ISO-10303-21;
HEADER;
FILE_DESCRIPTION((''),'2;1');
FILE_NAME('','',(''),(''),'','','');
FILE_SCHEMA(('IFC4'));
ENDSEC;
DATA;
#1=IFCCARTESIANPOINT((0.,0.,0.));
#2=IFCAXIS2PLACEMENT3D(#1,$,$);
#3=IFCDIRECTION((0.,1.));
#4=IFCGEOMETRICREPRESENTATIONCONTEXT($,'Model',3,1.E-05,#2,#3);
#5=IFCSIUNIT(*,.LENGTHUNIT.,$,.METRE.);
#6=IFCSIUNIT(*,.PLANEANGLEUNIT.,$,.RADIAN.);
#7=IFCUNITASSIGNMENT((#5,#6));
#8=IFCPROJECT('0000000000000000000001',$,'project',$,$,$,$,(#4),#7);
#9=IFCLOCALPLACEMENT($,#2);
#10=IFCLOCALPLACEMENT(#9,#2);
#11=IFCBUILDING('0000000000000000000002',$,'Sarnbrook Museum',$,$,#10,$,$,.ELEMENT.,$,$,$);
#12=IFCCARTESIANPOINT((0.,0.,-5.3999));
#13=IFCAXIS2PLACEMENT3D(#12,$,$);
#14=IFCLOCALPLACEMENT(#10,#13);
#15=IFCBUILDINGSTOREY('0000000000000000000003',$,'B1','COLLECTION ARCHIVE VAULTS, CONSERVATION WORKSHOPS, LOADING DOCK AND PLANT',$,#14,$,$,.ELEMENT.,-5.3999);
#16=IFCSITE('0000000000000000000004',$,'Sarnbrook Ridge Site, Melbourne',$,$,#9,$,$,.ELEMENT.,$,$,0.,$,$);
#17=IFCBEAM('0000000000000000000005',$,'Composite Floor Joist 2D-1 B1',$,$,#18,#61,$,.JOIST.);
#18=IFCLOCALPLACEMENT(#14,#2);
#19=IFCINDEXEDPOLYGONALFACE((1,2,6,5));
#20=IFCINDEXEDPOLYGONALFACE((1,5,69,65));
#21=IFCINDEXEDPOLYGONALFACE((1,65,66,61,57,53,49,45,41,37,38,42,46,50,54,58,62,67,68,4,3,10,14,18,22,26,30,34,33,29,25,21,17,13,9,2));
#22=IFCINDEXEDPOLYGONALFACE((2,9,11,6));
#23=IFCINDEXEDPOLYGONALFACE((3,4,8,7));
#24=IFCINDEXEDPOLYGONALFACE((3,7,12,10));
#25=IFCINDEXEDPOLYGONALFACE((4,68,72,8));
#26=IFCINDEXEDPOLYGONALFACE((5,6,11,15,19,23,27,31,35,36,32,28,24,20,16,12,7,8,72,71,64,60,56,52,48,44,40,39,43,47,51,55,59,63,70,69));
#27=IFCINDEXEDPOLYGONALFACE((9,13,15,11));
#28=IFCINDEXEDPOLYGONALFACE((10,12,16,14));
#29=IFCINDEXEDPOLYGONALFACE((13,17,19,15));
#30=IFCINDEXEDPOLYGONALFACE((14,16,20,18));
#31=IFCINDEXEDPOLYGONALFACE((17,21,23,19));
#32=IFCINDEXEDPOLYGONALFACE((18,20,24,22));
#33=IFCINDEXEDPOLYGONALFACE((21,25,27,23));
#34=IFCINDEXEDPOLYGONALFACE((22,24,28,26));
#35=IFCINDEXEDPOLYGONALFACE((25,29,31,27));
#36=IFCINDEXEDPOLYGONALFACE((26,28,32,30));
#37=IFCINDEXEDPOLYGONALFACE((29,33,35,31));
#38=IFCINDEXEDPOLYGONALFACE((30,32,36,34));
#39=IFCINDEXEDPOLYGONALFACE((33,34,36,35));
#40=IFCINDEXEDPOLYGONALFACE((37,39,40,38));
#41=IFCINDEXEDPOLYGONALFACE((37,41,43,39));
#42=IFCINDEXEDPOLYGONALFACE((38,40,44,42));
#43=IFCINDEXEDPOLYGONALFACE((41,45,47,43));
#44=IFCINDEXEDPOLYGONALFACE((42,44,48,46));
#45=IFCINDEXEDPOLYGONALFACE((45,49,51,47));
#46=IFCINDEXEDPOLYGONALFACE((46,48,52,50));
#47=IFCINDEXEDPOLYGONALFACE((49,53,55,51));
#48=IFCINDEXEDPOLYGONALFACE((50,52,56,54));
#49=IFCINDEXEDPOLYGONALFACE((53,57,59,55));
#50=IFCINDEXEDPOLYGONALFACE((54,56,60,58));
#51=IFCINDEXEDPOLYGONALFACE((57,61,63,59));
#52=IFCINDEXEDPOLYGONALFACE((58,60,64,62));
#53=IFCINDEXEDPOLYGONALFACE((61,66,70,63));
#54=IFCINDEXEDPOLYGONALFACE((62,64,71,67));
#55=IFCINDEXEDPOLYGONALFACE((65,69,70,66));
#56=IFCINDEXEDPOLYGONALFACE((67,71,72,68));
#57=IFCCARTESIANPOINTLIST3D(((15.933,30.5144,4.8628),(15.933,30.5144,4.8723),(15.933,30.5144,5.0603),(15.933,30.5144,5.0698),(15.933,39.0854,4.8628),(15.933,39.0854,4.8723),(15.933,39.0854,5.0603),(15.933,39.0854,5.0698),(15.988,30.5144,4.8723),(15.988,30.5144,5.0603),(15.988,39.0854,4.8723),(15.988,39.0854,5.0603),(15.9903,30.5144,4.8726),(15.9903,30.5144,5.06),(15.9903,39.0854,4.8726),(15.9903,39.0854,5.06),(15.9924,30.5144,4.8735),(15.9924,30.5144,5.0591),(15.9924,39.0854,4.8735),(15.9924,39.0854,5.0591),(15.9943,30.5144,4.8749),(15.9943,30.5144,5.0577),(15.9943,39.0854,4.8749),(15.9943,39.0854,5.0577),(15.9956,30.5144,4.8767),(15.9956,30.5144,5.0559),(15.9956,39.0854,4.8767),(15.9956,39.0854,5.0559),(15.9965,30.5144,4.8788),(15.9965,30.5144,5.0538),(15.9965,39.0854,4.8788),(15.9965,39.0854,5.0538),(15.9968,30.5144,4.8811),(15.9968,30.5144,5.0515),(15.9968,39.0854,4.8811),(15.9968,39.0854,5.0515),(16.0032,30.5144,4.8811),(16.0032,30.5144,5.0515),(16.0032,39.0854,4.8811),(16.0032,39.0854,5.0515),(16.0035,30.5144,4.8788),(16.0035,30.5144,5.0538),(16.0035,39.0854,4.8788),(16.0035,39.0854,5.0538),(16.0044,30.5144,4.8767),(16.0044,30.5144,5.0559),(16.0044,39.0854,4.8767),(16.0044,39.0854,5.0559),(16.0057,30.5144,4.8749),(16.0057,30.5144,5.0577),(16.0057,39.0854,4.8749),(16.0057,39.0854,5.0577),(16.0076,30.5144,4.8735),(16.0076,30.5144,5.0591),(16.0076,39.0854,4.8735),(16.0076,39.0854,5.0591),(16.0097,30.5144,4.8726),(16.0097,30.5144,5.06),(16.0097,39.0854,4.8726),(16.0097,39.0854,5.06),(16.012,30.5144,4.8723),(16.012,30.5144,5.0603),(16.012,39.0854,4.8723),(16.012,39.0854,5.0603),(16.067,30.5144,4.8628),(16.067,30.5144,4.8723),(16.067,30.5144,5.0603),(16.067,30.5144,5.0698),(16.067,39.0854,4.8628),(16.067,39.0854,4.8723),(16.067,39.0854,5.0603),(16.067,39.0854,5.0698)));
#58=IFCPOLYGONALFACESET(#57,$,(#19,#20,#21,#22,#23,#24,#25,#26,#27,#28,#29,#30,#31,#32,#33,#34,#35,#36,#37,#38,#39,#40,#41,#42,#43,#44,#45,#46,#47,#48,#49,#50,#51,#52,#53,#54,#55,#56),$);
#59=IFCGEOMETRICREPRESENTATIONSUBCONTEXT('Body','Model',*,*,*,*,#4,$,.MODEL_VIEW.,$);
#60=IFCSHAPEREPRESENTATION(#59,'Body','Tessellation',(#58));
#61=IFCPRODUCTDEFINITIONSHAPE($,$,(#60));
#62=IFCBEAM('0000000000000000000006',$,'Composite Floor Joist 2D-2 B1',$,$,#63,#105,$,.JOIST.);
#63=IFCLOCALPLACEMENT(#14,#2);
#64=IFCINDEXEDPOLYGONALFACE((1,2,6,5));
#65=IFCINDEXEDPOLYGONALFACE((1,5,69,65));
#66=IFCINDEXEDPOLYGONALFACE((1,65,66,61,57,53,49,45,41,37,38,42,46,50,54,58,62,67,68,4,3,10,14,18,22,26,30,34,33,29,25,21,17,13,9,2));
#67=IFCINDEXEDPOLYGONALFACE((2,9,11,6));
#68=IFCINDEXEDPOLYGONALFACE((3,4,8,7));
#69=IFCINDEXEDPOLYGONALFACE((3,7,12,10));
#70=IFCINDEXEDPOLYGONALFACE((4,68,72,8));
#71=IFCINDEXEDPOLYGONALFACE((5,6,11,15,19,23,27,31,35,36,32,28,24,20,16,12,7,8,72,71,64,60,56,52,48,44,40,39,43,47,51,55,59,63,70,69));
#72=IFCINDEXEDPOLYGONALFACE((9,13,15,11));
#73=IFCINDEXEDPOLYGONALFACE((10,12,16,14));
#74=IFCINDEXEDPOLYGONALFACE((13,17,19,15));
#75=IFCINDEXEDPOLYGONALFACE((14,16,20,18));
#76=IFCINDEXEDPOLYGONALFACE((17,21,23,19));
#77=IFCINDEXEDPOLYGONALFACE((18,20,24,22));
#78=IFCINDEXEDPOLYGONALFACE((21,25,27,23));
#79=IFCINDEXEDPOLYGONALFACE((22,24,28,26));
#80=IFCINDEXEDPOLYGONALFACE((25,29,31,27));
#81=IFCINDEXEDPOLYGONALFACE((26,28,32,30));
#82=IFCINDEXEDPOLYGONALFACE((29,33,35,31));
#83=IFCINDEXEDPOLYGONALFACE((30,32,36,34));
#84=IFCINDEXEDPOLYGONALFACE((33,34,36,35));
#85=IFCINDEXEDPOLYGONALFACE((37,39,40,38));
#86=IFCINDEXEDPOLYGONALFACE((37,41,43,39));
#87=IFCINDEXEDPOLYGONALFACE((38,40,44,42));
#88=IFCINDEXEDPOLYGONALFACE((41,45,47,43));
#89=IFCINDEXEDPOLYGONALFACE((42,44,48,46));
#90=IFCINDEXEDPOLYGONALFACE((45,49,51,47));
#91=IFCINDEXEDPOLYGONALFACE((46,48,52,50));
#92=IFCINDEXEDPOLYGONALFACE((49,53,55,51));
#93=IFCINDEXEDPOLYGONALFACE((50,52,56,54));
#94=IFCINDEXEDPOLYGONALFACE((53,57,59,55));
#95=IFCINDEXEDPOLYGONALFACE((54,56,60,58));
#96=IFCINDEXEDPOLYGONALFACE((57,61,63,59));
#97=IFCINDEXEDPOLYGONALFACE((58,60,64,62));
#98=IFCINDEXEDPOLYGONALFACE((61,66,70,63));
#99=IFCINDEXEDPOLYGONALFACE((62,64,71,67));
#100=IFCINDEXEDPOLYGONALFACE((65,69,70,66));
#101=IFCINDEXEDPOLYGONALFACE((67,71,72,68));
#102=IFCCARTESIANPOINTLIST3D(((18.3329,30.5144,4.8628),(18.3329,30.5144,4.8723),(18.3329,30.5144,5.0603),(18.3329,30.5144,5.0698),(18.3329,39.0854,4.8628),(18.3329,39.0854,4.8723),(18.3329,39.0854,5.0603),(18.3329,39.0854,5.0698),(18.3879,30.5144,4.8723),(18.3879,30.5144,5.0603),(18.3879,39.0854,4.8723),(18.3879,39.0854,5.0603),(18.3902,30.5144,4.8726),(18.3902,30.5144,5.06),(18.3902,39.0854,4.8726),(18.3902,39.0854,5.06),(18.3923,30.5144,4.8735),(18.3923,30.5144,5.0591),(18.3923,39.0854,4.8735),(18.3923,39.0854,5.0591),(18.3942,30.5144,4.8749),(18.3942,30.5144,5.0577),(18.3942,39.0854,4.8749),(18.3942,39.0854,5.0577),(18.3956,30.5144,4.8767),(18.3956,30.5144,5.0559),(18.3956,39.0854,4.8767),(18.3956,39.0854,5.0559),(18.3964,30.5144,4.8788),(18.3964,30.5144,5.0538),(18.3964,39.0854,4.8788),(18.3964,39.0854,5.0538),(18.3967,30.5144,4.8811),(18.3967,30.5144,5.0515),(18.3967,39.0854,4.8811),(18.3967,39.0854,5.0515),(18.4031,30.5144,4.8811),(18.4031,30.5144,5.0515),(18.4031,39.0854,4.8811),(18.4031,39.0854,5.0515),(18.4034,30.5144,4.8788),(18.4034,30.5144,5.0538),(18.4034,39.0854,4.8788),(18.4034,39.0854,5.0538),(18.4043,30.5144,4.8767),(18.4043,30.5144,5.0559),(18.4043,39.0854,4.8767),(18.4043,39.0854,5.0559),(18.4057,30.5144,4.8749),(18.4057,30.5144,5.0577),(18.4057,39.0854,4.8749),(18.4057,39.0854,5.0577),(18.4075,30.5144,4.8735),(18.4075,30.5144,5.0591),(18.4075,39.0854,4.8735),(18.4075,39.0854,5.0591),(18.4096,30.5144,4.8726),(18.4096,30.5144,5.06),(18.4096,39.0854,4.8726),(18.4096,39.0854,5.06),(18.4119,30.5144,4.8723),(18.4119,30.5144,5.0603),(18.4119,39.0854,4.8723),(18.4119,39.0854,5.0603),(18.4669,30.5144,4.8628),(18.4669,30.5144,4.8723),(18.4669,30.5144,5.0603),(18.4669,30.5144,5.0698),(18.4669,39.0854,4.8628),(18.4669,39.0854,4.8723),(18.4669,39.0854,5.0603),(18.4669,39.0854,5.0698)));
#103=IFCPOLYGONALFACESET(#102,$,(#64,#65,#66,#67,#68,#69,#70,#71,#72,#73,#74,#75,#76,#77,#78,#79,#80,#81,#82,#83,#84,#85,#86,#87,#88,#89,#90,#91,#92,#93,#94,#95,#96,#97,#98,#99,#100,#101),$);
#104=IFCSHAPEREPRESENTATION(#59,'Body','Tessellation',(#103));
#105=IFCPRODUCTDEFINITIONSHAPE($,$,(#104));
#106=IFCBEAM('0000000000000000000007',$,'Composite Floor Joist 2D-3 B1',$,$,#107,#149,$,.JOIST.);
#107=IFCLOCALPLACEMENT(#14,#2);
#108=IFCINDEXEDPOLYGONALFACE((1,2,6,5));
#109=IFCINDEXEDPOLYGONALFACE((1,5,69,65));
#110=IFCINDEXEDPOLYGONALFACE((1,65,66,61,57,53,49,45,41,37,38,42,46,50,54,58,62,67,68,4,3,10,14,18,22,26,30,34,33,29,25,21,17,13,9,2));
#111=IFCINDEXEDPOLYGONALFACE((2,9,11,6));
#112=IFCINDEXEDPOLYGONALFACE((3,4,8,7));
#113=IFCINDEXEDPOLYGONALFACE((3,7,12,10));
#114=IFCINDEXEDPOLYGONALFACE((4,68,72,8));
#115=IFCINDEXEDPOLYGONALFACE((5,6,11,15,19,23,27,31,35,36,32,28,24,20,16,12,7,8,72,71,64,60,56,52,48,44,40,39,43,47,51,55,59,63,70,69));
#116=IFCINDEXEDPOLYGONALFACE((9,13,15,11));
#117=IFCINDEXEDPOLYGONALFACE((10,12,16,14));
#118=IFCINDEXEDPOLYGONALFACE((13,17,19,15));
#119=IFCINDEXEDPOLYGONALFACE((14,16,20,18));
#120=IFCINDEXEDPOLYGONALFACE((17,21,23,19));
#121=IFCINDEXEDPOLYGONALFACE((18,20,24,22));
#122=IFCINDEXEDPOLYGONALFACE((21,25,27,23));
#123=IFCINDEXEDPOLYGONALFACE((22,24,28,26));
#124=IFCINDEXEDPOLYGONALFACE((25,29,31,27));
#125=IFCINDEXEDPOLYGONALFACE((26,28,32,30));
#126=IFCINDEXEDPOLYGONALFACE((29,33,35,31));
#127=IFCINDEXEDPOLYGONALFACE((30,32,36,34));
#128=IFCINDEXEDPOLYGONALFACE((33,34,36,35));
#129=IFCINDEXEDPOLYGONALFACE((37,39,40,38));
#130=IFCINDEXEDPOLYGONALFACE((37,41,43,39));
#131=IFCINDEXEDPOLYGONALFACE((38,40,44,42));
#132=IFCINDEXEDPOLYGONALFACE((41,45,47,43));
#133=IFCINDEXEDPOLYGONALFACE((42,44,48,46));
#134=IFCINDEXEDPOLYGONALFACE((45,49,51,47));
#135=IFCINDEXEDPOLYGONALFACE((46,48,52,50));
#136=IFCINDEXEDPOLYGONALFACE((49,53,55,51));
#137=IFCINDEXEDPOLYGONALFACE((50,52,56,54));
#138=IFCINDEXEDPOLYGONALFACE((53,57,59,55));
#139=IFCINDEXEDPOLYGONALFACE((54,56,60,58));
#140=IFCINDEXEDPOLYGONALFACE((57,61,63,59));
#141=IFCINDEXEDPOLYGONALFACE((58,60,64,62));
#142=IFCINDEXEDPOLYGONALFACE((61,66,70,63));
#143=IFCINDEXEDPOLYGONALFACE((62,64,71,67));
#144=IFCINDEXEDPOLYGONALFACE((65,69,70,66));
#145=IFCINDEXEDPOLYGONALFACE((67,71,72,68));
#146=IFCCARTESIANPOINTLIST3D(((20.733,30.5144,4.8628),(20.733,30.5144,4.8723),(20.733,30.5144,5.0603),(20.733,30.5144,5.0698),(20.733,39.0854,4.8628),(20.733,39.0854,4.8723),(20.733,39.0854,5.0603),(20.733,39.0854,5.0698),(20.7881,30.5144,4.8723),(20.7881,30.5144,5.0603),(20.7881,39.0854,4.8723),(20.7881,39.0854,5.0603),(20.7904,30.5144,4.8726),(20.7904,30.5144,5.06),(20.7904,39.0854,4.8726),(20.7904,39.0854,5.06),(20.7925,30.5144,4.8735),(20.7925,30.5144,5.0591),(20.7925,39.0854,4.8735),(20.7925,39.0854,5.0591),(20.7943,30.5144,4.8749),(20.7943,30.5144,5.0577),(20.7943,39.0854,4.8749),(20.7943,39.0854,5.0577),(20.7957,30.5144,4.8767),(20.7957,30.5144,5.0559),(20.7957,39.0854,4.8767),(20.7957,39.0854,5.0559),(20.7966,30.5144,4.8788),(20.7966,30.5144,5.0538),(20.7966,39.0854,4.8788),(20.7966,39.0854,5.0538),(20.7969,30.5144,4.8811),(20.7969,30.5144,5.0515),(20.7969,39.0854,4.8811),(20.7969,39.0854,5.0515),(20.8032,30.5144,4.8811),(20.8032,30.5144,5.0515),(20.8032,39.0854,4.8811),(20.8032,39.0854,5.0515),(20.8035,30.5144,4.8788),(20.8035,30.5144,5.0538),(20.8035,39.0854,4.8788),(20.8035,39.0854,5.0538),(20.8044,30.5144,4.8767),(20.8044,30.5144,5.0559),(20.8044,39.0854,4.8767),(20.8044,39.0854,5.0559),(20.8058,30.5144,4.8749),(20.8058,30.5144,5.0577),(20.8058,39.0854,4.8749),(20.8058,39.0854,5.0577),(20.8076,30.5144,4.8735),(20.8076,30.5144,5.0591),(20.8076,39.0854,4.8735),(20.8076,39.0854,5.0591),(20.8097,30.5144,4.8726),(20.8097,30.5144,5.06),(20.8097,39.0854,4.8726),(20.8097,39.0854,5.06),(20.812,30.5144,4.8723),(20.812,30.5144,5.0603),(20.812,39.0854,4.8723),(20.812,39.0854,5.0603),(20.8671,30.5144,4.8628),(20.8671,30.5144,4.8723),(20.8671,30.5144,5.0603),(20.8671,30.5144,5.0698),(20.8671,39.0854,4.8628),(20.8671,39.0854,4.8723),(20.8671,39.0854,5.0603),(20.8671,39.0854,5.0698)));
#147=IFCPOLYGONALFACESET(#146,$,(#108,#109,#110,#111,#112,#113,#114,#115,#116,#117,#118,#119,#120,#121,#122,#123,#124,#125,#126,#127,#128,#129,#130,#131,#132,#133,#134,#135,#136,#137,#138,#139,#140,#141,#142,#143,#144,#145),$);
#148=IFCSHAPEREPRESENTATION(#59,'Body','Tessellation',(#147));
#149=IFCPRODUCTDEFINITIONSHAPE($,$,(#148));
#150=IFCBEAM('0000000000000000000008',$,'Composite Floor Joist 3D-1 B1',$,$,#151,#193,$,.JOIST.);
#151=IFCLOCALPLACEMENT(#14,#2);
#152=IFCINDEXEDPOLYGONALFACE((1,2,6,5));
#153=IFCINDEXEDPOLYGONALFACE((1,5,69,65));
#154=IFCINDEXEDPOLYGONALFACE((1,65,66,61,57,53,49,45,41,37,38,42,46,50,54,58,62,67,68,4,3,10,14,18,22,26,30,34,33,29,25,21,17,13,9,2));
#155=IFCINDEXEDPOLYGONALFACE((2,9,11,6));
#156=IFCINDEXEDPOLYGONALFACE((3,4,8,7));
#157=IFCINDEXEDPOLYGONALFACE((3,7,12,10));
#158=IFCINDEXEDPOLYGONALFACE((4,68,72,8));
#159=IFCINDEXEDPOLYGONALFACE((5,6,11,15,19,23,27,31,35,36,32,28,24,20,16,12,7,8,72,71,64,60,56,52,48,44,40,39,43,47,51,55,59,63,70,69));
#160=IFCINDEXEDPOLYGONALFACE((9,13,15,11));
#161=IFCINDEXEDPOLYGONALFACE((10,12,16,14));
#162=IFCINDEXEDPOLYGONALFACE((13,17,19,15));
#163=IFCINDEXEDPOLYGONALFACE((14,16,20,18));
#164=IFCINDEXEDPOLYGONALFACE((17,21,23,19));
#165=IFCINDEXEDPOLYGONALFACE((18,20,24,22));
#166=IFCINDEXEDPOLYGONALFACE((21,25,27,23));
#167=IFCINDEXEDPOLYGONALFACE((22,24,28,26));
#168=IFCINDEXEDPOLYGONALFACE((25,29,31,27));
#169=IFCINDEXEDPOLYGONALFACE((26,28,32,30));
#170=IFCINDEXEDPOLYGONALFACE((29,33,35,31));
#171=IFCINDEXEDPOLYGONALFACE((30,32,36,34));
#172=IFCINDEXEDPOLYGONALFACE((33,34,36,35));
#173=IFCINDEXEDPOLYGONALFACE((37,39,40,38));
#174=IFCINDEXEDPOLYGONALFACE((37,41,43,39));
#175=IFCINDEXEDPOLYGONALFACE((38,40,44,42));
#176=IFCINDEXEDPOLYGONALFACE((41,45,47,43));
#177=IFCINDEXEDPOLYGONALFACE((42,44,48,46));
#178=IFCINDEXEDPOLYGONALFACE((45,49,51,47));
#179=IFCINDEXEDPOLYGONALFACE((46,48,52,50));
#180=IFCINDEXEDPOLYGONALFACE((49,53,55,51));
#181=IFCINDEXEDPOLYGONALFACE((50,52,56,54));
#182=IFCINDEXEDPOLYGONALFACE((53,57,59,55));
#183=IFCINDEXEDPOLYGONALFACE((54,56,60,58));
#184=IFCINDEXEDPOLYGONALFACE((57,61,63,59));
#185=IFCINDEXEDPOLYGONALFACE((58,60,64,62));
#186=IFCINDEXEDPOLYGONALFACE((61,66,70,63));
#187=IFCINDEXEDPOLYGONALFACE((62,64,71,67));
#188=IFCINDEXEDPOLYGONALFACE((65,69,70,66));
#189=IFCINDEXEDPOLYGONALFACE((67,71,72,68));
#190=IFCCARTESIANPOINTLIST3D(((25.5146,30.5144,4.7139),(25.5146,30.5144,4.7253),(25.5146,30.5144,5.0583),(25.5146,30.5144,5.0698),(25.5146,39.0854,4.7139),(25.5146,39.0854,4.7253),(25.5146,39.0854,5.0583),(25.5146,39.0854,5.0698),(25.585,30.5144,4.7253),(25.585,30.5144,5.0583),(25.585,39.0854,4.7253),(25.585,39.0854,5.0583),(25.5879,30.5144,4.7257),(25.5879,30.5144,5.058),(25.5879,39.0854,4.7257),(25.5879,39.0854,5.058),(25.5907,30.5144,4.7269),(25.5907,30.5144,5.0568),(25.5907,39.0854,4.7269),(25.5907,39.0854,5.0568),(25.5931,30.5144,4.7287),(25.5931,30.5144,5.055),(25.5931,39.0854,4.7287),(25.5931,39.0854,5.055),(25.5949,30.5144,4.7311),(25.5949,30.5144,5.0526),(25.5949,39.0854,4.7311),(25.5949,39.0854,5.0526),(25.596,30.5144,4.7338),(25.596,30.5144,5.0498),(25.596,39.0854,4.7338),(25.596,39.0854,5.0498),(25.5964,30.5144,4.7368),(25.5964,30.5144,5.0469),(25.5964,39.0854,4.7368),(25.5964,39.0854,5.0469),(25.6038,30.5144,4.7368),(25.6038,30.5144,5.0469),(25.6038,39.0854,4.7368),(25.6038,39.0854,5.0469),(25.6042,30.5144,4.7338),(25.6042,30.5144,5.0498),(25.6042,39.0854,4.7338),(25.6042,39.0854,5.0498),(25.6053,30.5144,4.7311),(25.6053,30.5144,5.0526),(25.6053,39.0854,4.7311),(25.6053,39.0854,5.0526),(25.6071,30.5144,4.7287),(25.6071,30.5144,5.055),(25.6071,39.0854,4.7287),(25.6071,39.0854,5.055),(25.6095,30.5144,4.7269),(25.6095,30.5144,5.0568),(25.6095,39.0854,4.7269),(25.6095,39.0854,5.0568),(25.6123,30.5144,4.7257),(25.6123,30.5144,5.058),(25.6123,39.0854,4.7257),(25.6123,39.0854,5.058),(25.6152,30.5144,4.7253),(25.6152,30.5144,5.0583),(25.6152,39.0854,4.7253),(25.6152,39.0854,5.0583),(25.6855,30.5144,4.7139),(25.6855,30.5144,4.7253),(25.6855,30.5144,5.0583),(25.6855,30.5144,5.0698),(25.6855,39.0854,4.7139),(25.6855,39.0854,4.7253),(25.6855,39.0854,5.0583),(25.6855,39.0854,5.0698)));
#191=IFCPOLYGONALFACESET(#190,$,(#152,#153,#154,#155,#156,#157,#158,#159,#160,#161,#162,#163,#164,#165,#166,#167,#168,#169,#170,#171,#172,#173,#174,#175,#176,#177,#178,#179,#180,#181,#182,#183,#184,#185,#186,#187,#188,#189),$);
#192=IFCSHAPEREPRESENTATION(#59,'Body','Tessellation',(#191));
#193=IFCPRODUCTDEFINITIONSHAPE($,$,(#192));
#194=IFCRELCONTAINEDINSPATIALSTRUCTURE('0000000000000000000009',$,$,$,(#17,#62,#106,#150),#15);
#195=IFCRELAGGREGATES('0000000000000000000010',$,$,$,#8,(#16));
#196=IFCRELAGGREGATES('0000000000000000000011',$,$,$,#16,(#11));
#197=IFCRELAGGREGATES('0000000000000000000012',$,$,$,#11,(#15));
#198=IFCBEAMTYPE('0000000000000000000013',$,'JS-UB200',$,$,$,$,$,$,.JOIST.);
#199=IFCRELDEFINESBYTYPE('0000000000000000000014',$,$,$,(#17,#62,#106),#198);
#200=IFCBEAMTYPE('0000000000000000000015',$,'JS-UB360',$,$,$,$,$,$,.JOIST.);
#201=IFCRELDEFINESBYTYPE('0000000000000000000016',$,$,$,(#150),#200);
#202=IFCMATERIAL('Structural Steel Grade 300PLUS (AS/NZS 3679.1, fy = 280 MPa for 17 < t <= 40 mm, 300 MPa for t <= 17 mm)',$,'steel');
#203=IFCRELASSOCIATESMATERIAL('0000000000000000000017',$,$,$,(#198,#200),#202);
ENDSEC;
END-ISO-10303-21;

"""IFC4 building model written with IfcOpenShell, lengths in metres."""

from ifc_helpers import new_model, si_unit, direction, frame, origin, origin_2d, place, context, subcontext, project, spatial, i_section, extrude, material, material_profile, profile_set, type_object, element, save


model = new_model("IFC4")

# Units and contexts
model_context = context("Model", 3, precision=1e-05, world=origin(), true_north=direction((0.0, 1.0)))
body_context = subcontext(model_context, "Body", "Model", "MODEL_VIEW")
ifc_project = project(units=[si_unit("LENGTHUNIT", "METRE"), si_unit("PLANEANGLEUNIT", "RADIAN")], contexts=[model_context])

# Site, building, storey
site_placement = place(None, origin())
site = spatial("IfcSite", under=ifc_project, at=site_placement, Name="Sarnbrook Ridge Site, Melbourne", CompositionType="ELEMENT", RefElevation=0.0)
building_placement = place(site_placement, origin())
building = spatial("IfcBuilding", under=site, at=building_placement, Name="Sarnbrook Museum", CompositionType="ELEMENT")
storey_placement = place(building_placement, frame((0.0, 0.0, -5.3999)))
storey = spatial("IfcBuildingStorey", under=building, at=storey_placement, Name="B1", Description="COLLECTION ARCHIVE VAULTS, CONSERVATION WORKSHOPS, LOADING DOCK AND PLANT", CompositionType="ELEMENT", Elevation=-5.3999)

# Beams
ifc_material_1 = material(Name="Structural Steel Grade 300PLUS (AS/NZS 3679.1, fy = 280 MPa for 17 < t <= 40 mm, 300 MPa for t <= 17 mm)", Category="steel")
ifc_material_profile_1 = material_profile(ifc_material_1, i_section(OverallWidth=0.134, OverallDepth=0.207, WebThickness=0.0063, FlangeThickness=0.0095, FilletRadius=0.0088, at=origin_2d()), Name="200UB29.8")
ifc_profile_set_1 = profile_set([ifc_material_profile_1], Name="Structural Steel Grade 300PLUS (AS/NZS 3679.1, fy = 280 MPa for 17 < t <= 40 mm, 300 MPa for t <= 17 mm)")
beam_type_1 = type_object("IfcBeamType", Name="JS-UB200", PredefinedType="JOIST", material=ifc_profile_set_1)
for number, where, z_axis, x_axis, name in (
    (1, (16.0, 30.5144, 4.9663), (0.0, 1.0, 0.0), (-1.0, 0.0, 0.0), "Composite Floor Joist 2D-1 B1"),
    (2, (18.3999, 30.5144, 4.9663), (0.0, 1.0, 0.0), (-1.0, 0.0, 0.0), "Composite Floor Joist 2D-2 B1"),
    (3, (20.8, 30.5144, 4.9663), (0.0, 1.0, 0.0), (-1.0, 0.0, 0.0), "Composite Floor Joist 2D-3 B1"),
):
    element("IfcBeam", number, at=place(storey_placement, frame(where, z_axis=z_axis, x_axis=x_axis)), inside=storey, type_object=beam_type_1, Name=name, PredefinedType="JOIST", context=body_context, shape_type="SweptSolid", body=[
        extrude(i_section(OverallWidth=0.134, OverallDepth=0.207, WebThickness=0.0063, FlangeThickness=0.0095, FilletRadius=0.0088, at=origin_2d()), origin(), (0.0, 0.0, 1.0), 8.571),
    ])
ifc_material_profile_2 = material_profile(ifc_material_1, i_section(OverallWidth=0.1709, OverallDepth=0.356, WebThickness=0.0073, FlangeThickness=0.0115, FilletRadius=0.0115, at=origin_2d()), Name="360UB50.7")
ifc_profile_set_2 = profile_set([ifc_material_profile_2], Name="Structural Steel Grade 300PLUS (AS/NZS 3679.1, fy = 280 MPa for 17 < t <= 40 mm, 300 MPa for t <= 17 mm)")
beam_type_2 = type_object("IfcBeamType", Name="JS-UB360", PredefinedType="JOIST", material=ifc_profile_set_2)
for number, where, z_axis, x_axis, name in (
    (4, (25.6001, 30.5144, 4.8918), (0.0, 1.0, 0.0), (-1.0, 0.0, 0.0), "Composite Floor Joist 3D-1 B1"),
):
    element("IfcBeam", number, at=place(storey_placement, frame(where, z_axis=z_axis, x_axis=x_axis)), inside=storey, type_object=beam_type_2, Name=name, PredefinedType="JOIST", context=body_context, shape_type="SweptSolid", body=[
        extrude(i_section(OverallWidth=0.1709, OverallDepth=0.356, WebThickness=0.0073, FlangeThickness=0.0115, FilletRadius=0.0115, at=origin_2d()), origin(), (0.0, 0.0, 1.0), 8.571),
    ])

save(model, "model.ifc")
